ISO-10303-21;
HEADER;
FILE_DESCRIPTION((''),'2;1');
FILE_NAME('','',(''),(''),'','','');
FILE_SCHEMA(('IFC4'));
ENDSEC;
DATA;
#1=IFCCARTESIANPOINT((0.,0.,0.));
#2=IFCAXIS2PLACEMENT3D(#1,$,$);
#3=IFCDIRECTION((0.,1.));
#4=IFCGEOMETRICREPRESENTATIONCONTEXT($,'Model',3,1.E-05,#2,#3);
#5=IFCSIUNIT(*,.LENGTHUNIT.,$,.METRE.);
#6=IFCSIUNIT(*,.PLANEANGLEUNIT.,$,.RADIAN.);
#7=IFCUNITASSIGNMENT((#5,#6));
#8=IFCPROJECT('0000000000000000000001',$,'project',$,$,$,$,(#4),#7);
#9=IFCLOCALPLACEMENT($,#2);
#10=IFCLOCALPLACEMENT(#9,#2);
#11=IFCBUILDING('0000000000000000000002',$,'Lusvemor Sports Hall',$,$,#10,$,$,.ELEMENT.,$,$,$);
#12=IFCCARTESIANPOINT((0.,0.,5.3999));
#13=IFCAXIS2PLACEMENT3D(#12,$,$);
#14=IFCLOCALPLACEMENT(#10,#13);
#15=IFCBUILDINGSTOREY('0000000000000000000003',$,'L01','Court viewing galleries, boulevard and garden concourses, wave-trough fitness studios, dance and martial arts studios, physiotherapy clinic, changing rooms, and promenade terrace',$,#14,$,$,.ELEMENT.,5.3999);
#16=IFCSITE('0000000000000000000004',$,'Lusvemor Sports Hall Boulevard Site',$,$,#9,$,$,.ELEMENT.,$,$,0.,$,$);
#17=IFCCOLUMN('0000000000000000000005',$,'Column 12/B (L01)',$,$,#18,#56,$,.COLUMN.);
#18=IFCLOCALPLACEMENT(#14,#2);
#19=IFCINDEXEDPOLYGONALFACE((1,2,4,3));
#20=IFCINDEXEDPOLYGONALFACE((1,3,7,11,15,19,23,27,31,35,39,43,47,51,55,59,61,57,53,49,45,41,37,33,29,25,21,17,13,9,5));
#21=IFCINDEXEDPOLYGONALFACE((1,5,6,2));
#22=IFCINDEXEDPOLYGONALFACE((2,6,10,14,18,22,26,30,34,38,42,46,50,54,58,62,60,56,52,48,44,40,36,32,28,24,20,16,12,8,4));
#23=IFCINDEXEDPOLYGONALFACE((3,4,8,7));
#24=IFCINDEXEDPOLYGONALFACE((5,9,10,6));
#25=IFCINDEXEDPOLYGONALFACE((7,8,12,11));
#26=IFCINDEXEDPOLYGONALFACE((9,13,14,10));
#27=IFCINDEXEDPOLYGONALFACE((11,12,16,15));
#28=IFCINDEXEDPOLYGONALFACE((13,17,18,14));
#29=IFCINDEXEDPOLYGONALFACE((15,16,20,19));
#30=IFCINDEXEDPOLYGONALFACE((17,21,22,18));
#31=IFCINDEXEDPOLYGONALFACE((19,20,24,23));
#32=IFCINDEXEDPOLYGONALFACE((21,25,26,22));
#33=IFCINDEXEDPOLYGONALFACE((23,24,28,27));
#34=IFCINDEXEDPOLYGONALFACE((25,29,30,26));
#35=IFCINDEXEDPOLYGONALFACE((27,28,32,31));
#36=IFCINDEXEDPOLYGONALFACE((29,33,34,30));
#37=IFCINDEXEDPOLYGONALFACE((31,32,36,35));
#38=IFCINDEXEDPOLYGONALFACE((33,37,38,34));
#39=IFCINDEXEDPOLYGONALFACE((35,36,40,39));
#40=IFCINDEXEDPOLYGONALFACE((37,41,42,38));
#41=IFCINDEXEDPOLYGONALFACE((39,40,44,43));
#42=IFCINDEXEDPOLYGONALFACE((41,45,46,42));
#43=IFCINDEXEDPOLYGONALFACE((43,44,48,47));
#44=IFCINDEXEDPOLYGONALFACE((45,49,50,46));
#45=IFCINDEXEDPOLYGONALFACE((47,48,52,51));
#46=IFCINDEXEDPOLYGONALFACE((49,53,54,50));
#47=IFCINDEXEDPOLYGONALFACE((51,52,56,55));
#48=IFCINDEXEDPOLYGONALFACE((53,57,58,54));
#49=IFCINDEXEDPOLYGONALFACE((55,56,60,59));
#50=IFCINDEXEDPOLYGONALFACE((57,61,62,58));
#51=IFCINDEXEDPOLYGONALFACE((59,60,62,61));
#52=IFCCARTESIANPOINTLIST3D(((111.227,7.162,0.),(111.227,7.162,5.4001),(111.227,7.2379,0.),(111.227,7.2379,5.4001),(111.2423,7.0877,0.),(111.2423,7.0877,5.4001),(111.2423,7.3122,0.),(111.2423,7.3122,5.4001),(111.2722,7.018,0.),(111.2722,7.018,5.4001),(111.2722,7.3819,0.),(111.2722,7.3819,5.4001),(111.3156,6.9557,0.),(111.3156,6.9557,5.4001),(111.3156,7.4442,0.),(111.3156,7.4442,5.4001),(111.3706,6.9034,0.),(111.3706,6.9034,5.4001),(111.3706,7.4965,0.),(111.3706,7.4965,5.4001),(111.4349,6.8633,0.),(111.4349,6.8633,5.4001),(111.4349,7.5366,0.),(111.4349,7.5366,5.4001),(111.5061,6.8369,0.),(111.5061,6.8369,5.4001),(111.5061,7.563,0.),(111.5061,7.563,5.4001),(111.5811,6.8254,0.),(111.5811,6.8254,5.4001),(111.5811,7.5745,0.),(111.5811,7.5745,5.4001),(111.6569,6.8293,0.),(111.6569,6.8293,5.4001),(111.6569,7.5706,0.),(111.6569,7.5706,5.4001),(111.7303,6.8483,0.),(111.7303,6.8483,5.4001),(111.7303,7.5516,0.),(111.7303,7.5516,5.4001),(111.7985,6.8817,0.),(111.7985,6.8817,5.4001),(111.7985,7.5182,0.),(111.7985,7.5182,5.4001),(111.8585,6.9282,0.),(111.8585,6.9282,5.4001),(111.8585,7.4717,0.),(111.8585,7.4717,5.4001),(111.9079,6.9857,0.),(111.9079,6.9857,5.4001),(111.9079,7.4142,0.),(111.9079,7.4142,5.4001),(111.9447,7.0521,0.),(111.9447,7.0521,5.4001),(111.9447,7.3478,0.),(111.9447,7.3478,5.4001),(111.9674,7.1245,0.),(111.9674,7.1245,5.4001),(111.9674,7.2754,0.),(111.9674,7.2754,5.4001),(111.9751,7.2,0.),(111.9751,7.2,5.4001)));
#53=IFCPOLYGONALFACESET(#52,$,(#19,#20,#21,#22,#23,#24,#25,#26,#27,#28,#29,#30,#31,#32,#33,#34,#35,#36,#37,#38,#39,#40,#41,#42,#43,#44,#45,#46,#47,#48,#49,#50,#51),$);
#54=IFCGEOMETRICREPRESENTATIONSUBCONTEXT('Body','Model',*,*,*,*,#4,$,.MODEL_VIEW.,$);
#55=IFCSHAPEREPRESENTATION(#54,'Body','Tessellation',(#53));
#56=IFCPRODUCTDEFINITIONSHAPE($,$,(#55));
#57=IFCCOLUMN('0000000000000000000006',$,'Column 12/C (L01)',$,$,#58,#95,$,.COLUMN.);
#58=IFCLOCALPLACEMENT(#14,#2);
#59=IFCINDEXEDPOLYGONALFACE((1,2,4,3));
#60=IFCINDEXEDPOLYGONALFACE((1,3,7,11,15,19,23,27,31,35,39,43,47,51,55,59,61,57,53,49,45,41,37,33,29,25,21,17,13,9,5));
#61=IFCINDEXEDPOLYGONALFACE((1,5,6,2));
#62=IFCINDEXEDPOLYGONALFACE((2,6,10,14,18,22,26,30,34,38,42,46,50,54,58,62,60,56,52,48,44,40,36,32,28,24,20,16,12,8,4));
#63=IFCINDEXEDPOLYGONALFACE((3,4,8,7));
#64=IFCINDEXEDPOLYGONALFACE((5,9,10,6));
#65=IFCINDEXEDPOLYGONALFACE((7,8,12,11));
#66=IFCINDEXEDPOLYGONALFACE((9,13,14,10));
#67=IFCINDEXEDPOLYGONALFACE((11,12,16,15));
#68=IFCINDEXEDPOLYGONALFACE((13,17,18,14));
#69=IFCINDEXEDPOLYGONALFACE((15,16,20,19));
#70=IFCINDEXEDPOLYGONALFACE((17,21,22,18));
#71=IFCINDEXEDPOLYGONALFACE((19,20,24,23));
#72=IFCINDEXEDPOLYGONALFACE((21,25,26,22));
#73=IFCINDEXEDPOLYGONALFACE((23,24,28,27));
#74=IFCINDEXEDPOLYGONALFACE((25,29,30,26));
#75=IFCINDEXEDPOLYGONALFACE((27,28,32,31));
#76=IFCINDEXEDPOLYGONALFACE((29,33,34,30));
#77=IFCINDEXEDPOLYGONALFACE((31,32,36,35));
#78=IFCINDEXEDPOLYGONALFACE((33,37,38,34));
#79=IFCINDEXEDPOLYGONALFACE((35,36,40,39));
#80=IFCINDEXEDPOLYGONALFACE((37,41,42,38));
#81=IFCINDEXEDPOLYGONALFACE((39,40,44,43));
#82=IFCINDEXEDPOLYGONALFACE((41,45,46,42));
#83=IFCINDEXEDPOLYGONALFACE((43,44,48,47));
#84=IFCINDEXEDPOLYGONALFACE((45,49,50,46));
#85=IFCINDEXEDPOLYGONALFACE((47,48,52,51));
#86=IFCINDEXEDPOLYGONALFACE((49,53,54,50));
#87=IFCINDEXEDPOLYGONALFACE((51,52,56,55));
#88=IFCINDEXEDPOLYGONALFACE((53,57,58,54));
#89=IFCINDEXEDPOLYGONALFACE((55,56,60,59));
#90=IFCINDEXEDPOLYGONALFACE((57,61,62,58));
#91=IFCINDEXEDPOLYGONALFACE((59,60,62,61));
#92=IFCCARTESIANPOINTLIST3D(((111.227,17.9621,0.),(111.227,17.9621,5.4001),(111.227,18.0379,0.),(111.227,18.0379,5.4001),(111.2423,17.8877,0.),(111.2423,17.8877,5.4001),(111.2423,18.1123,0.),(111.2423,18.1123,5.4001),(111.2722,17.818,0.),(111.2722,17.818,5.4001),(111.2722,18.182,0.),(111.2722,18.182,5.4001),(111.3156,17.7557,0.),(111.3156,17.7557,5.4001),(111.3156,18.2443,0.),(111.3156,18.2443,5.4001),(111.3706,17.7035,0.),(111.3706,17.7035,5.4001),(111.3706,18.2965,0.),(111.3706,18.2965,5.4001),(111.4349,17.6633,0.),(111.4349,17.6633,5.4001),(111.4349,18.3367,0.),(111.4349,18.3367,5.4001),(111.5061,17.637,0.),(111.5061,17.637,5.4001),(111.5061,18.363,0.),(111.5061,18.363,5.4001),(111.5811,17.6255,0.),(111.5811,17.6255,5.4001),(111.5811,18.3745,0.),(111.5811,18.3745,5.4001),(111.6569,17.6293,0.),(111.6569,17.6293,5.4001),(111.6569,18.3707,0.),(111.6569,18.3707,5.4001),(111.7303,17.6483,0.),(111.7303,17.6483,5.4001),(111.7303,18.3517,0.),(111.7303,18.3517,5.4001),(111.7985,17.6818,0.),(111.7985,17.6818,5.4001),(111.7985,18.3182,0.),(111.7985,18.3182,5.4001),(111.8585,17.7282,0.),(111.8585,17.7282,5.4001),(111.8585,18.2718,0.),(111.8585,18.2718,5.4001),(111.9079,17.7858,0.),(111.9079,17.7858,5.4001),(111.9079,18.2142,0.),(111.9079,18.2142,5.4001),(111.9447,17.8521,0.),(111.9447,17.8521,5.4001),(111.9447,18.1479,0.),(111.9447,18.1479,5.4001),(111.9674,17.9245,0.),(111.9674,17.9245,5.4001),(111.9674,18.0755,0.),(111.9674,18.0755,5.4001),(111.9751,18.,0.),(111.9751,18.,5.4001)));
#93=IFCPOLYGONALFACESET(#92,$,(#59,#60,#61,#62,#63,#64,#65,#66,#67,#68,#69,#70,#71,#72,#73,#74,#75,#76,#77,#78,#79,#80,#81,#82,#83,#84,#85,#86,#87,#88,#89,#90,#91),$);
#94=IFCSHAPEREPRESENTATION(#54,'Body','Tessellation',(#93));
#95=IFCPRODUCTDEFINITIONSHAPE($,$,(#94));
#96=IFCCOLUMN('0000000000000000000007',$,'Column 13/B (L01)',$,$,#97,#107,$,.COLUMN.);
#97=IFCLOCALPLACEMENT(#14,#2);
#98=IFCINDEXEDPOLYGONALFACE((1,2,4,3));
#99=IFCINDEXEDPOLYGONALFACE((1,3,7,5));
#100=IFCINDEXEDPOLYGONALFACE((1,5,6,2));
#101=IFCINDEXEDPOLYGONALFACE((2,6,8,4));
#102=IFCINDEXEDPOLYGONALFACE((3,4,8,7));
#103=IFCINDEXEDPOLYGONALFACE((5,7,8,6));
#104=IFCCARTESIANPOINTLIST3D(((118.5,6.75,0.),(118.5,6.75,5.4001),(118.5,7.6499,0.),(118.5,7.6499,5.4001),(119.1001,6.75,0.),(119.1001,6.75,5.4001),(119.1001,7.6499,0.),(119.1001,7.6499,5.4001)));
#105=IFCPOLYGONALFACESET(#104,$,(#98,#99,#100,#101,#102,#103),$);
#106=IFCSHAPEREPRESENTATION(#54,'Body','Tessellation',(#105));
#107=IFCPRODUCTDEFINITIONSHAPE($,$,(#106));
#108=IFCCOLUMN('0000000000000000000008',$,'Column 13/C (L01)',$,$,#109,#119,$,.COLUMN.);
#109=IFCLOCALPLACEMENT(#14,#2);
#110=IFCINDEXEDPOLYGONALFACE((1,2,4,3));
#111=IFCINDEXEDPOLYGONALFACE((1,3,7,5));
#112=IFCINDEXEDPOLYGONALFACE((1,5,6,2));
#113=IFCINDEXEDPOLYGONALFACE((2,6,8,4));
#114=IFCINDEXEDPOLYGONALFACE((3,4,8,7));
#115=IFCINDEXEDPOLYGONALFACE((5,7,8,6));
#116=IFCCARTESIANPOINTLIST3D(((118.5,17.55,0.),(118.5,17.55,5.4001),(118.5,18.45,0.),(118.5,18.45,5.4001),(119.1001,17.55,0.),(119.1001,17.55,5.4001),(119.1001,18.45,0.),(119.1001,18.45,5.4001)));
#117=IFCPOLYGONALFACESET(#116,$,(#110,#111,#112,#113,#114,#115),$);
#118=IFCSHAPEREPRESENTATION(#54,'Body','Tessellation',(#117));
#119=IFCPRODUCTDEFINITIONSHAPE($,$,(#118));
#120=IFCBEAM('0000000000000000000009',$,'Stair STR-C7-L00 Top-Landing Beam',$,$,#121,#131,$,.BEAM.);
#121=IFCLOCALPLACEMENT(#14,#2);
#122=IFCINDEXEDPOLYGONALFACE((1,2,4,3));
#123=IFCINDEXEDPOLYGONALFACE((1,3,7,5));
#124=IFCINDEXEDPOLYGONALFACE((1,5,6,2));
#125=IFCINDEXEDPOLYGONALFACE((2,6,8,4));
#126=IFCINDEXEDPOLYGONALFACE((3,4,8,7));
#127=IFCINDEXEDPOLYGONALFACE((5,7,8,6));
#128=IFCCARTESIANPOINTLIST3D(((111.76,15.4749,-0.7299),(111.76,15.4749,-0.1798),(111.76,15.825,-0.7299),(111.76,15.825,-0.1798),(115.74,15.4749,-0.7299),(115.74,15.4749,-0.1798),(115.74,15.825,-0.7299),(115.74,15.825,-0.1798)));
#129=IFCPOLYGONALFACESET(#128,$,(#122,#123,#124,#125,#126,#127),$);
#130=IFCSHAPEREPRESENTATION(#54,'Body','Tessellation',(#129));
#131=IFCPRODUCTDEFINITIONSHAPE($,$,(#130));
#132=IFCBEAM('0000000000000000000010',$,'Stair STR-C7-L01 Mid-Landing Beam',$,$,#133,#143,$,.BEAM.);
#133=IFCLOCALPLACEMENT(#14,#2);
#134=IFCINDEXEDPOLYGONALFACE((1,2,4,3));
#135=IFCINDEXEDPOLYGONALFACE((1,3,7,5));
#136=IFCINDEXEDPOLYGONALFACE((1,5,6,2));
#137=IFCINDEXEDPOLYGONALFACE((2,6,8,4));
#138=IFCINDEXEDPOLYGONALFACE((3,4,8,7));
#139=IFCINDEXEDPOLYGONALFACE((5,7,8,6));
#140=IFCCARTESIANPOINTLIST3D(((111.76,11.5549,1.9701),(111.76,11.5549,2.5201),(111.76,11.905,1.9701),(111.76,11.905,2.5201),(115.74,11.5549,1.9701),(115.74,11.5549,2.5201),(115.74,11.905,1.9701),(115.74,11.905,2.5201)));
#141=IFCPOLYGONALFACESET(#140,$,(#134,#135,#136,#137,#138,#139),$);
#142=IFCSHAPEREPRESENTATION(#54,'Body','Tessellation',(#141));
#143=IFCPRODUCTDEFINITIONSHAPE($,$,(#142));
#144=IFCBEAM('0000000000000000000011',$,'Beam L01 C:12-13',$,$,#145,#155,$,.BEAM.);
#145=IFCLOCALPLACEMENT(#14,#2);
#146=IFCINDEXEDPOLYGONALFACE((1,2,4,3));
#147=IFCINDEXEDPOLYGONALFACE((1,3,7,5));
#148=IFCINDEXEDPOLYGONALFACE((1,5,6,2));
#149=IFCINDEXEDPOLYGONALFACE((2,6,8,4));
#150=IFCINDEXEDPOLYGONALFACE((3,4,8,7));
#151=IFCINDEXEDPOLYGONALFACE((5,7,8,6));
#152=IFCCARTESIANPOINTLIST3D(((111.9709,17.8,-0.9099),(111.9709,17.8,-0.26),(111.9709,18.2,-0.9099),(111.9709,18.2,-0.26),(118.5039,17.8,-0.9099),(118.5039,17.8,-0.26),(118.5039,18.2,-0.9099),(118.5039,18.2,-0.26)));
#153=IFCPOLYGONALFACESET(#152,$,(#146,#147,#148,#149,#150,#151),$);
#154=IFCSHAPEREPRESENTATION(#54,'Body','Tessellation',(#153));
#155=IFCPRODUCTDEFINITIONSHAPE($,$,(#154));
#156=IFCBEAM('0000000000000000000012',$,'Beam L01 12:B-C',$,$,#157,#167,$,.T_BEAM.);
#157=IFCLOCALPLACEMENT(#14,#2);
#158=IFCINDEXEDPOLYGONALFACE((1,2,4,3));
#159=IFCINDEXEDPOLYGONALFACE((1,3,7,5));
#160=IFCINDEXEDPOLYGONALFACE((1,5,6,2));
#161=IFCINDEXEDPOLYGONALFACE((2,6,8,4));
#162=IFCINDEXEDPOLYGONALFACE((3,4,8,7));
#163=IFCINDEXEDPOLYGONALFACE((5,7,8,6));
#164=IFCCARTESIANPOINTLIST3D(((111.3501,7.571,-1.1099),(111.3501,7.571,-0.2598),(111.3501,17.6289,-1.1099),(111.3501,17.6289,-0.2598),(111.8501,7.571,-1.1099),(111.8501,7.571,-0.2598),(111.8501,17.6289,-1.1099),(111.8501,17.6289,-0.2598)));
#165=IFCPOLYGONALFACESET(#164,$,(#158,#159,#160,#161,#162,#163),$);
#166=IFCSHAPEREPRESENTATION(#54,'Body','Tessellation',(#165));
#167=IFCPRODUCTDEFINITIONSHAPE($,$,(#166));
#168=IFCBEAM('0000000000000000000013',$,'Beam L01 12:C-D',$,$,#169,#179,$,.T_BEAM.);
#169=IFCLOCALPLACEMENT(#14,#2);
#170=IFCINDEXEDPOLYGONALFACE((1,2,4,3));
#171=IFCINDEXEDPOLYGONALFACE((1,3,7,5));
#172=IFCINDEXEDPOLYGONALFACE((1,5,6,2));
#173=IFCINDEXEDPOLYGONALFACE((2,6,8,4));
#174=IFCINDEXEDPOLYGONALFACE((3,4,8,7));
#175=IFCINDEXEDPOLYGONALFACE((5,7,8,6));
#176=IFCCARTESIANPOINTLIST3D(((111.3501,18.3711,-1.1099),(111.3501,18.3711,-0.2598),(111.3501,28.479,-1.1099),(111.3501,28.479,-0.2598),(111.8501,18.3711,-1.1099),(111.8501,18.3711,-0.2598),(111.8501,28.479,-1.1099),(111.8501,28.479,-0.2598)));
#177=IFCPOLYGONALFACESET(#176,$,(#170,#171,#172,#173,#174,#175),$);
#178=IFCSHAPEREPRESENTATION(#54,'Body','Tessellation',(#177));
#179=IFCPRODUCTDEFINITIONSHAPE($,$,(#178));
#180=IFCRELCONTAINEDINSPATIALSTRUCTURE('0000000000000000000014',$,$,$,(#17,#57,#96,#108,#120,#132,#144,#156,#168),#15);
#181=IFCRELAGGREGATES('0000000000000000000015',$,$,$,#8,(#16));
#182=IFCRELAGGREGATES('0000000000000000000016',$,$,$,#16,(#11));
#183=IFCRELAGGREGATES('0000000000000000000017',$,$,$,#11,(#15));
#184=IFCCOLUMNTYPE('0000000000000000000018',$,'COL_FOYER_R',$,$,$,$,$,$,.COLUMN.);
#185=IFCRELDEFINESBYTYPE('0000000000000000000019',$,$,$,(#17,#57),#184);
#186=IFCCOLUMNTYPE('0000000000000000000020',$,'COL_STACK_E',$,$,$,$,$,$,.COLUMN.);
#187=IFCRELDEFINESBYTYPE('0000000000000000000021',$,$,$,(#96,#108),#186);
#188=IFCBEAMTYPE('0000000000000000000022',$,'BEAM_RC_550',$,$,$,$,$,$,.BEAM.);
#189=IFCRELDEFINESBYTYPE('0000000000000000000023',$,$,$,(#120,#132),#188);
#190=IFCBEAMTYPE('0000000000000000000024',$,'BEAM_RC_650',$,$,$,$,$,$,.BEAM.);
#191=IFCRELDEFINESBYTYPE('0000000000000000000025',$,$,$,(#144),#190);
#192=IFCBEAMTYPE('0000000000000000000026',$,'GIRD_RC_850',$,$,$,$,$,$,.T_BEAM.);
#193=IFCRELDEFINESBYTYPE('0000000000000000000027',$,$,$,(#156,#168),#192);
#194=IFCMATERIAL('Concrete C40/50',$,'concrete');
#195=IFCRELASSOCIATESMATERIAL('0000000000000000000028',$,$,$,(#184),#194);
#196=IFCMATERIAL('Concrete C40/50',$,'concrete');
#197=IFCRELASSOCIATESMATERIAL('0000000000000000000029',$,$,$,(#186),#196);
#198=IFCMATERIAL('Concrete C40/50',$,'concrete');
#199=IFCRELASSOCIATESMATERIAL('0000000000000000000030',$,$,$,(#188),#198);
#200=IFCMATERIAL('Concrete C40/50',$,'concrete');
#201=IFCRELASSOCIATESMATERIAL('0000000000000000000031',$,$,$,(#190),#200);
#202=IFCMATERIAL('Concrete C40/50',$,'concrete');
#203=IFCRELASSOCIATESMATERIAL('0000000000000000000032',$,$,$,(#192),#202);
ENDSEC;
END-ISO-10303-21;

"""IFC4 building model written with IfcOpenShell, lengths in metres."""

from ifc_helpers import new_model, si_unit, direction, frame, origin, origin_2d, place, context, subcontext, project, spatial, rectangle, circle, extrude, material, material_profile, profile_set, type_object, element, save


model = new_model("IFC4")

# Units and contexts
model_context = context("Model", 3, precision=1e-05, world=origin(), true_north=direction((0.0, 1.0)))
body_context = subcontext(model_context, "Body", "Model", "MODEL_VIEW")
ifc_project = project(units=[si_unit("LENGTHUNIT", "METRE"), si_unit("PLANEANGLEUNIT", "RADIAN")], contexts=[model_context])

# Site, building, storey
site_placement = place(None, origin())
site = spatial("IfcSite", under=ifc_project, at=site_placement, Name="Lusvemor Sports Hall Boulevard Site", CompositionType="ELEMENT", RefElevation=0.0)
building_placement = place(site_placement, origin())
building = spatial("IfcBuilding", under=site, at=building_placement, Name="Lusvemor Sports Hall", CompositionType="ELEMENT")
storey_placement = place(building_placement, frame((0.0, 0.0, 5.3999)))
storey = spatial("IfcBuildingStorey", under=building, at=storey_placement, Name="L01", Description="Court viewing galleries, boulevard and garden concourses, wave-trough fitness studios, dance and martial arts studios, physiotherapy clinic, changing rooms, and promenade terrace", CompositionType="ELEMENT", Elevation=5.3999)

# Columns
ifc_material_1 = material(Name="Concrete C40/50", Category="concrete")
ifc_material_profile_1 = material_profile(ifc_material_1, circle(Radius=0.375, at=origin_2d()), Name="RCCIRC750")
ifc_profile_set_1 = profile_set([ifc_material_profile_1], Name="Concrete C40/50")
column_type_1 = type_object("IfcColumnType", Name="COL_FOYER_R", PredefinedType="COLUMN", material=ifc_profile_set_1)
for number, where, z_axis, x_axis, name in (
    (1, (111.6001, 7.2, 0.0), (0.0, 0.0, 1.0), (1.0, 0.0, 0.0), "Column 12/B (L01)"),
    (2, (111.6001, 18.0, 0.0), (0.0, 0.0, 1.0), (1.0, 0.0, 0.0), "Column 12/C (L01)"),
):
    element("IfcColumn", number, at=place(storey_placement, frame(where, z_axis=z_axis, x_axis=x_axis)), inside=storey, type_object=column_type_1, Name=name, PredefinedType="COLUMN", context=body_context, shape_type="SweptSolid", body=[
        extrude(circle(Radius=0.375, at=origin_2d()), origin(), (0.0, 0.0, 1.0), 5.4001),
    ])
ifc_material_2 = material(Name="Concrete C40/50", Category="concrete")
ifc_material_profile_2 = material_profile(ifc_material_2, rectangle(XDim=0.6001, YDim=0.8999, at=origin_2d()), Name="RC600x900")
ifc_profile_set_2 = profile_set([ifc_material_profile_2], Name="Concrete C40/50")
column_type_2 = type_object("IfcColumnType", Name="COL_STACK_E", PredefinedType="COLUMN", material=ifc_profile_set_2)
for number, where, z_axis, x_axis, name in (
    (3, (118.8, 7.2, 0.0), (0.0, 0.0, 1.0), (1.0, 0.0, 0.0), "Column 13/B (L01)"),
    (4, (118.8, 18.0, 0.0), (0.0, 0.0, 1.0), (1.0, 0.0, 0.0), "Column 13/C (L01)"),
):
    element("IfcColumn", number, at=place(storey_placement, frame(where, z_axis=z_axis, x_axis=x_axis)), inside=storey, type_object=column_type_2, Name=name, PredefinedType="COLUMN", context=body_context, shape_type="SweptSolid", body=[
        extrude(rectangle(XDim=0.6001, YDim=0.8999, at=origin_2d()), origin(), (0.0, 0.0, 1.0), 5.4001),
    ])

# Beams
ifc_material_3 = material(Name="Concrete C40/50", Category="concrete")
ifc_material_profile_3 = material_profile(ifc_material_3, rectangle(XDim=0.3501, YDim=0.55, at=origin_2d()), Name="RC350x550")
ifc_profile_set_3 = profile_set([ifc_material_profile_3], Name="Concrete C40/50")
beam_type_1 = type_object("IfcBeamType", Name="BEAM_RC_550", PredefinedType="BEAM", material=ifc_profile_set_3)
for number, where, z_axis, x_axis, name in (
    (5, (111.76, 15.6499, -0.4548), (1.0, 0.0, 0.0), (0.0, 1.0, 0.0), "Stair STR-C7-L00 Top-Landing Beam"),
    (6, (111.76, 11.73, 2.2451), (1.0, 0.0, 0.0), (0.0, 1.0, 0.0), "Stair STR-C7-L01 Mid-Landing Beam"),
):
    element("IfcBeam", number, at=place(storey_placement, frame(where, z_axis=z_axis, x_axis=x_axis)), inside=storey, type_object=beam_type_1, Name=name, PredefinedType="BEAM", context=body_context, shape_type="SweptSolid", body=[
        extrude(rectangle(XDim=0.3501, YDim=0.55, at=origin_2d()), origin(), (0.0, 0.0, 1.0), 3.98),
    ])
ifc_material_4 = material(Name="Concrete C40/50", Category="concrete")
ifc_material_profile_4 = material_profile(ifc_material_4, rectangle(XDim=0.3999, YDim=0.6499, at=origin_2d()), Name="RC400x650")
ifc_profile_set_4 = profile_set([ifc_material_profile_4], Name="Concrete C40/50")
beam_type_2 = type_object("IfcBeamType", Name="BEAM_RC_650", PredefinedType="BEAM", material=ifc_profile_set_4)
beam_1_placement = place(storey_placement, frame((111.9709, 18.0, -0.585), z_axis=(1.0, 0.0, 0.0), x_axis=(0.0, 1.0, 0.0)))
element("IfcBeam", 7, at=beam_1_placement, inside=storey, type_object=beam_type_2, Name="Beam L01 C:12-13", PredefinedType="BEAM", context=body_context, shape_type="SweptSolid", body=[
    extrude(rectangle(XDim=0.3999, YDim=0.6499, at=origin_2d()), origin(), (0.0, 0.0, 1.0), 6.533),
])
ifc_material_5 = material(Name="Concrete C40/50", Category="concrete")
ifc_material_profile_5 = material_profile(ifc_material_5, rectangle(XDim=0.5, YDim=0.8501, at=origin_2d()), Name="RC500x850")
ifc_profile_set_5 = profile_set([ifc_material_profile_5], Name="Concrete C40/50")
beam_type_3 = type_object("IfcBeamType", Name="GIRD_RC_850", PredefinedType="T_BEAM", material=ifc_profile_set_5)
beam_2_placement = place(storey_placement, frame((111.6001, 7.571, -0.6848), z_axis=(0.0, 1.0, 0.0), x_axis=(-1.0, 0.0, 0.0)))
element("IfcBeam", 8, at=beam_2_placement, inside=storey, type_object=beam_type_3, Name="Beam L01 12:B-C", PredefinedType="T_BEAM", context=body_context, shape_type="SweptSolid", body=[
    extrude(rectangle(XDim=0.5, YDim=0.8501, at=origin_2d()), origin(), (0.0, 0.0, 1.0), 10.0579),
])
beam_3_placement = place(storey_placement, frame((111.6001, 18.3711, -0.6848), z_axis=(0.0, 1.0, 0.0), x_axis=(-1.0, 0.0, 0.0)))
element("IfcBeam", 9, at=beam_3_placement, inside=storey, type_object=beam_type_3, Name="Beam L01 12:C-D", PredefinedType="T_BEAM", context=body_context, shape_type="SweptSolid", body=[
    extrude(rectangle(XDim=0.5, YDim=0.8501, at=origin_2d()), origin(), (0.0, 0.0, 1.0), 10.1079),
])

save(model, "model.ifc")
